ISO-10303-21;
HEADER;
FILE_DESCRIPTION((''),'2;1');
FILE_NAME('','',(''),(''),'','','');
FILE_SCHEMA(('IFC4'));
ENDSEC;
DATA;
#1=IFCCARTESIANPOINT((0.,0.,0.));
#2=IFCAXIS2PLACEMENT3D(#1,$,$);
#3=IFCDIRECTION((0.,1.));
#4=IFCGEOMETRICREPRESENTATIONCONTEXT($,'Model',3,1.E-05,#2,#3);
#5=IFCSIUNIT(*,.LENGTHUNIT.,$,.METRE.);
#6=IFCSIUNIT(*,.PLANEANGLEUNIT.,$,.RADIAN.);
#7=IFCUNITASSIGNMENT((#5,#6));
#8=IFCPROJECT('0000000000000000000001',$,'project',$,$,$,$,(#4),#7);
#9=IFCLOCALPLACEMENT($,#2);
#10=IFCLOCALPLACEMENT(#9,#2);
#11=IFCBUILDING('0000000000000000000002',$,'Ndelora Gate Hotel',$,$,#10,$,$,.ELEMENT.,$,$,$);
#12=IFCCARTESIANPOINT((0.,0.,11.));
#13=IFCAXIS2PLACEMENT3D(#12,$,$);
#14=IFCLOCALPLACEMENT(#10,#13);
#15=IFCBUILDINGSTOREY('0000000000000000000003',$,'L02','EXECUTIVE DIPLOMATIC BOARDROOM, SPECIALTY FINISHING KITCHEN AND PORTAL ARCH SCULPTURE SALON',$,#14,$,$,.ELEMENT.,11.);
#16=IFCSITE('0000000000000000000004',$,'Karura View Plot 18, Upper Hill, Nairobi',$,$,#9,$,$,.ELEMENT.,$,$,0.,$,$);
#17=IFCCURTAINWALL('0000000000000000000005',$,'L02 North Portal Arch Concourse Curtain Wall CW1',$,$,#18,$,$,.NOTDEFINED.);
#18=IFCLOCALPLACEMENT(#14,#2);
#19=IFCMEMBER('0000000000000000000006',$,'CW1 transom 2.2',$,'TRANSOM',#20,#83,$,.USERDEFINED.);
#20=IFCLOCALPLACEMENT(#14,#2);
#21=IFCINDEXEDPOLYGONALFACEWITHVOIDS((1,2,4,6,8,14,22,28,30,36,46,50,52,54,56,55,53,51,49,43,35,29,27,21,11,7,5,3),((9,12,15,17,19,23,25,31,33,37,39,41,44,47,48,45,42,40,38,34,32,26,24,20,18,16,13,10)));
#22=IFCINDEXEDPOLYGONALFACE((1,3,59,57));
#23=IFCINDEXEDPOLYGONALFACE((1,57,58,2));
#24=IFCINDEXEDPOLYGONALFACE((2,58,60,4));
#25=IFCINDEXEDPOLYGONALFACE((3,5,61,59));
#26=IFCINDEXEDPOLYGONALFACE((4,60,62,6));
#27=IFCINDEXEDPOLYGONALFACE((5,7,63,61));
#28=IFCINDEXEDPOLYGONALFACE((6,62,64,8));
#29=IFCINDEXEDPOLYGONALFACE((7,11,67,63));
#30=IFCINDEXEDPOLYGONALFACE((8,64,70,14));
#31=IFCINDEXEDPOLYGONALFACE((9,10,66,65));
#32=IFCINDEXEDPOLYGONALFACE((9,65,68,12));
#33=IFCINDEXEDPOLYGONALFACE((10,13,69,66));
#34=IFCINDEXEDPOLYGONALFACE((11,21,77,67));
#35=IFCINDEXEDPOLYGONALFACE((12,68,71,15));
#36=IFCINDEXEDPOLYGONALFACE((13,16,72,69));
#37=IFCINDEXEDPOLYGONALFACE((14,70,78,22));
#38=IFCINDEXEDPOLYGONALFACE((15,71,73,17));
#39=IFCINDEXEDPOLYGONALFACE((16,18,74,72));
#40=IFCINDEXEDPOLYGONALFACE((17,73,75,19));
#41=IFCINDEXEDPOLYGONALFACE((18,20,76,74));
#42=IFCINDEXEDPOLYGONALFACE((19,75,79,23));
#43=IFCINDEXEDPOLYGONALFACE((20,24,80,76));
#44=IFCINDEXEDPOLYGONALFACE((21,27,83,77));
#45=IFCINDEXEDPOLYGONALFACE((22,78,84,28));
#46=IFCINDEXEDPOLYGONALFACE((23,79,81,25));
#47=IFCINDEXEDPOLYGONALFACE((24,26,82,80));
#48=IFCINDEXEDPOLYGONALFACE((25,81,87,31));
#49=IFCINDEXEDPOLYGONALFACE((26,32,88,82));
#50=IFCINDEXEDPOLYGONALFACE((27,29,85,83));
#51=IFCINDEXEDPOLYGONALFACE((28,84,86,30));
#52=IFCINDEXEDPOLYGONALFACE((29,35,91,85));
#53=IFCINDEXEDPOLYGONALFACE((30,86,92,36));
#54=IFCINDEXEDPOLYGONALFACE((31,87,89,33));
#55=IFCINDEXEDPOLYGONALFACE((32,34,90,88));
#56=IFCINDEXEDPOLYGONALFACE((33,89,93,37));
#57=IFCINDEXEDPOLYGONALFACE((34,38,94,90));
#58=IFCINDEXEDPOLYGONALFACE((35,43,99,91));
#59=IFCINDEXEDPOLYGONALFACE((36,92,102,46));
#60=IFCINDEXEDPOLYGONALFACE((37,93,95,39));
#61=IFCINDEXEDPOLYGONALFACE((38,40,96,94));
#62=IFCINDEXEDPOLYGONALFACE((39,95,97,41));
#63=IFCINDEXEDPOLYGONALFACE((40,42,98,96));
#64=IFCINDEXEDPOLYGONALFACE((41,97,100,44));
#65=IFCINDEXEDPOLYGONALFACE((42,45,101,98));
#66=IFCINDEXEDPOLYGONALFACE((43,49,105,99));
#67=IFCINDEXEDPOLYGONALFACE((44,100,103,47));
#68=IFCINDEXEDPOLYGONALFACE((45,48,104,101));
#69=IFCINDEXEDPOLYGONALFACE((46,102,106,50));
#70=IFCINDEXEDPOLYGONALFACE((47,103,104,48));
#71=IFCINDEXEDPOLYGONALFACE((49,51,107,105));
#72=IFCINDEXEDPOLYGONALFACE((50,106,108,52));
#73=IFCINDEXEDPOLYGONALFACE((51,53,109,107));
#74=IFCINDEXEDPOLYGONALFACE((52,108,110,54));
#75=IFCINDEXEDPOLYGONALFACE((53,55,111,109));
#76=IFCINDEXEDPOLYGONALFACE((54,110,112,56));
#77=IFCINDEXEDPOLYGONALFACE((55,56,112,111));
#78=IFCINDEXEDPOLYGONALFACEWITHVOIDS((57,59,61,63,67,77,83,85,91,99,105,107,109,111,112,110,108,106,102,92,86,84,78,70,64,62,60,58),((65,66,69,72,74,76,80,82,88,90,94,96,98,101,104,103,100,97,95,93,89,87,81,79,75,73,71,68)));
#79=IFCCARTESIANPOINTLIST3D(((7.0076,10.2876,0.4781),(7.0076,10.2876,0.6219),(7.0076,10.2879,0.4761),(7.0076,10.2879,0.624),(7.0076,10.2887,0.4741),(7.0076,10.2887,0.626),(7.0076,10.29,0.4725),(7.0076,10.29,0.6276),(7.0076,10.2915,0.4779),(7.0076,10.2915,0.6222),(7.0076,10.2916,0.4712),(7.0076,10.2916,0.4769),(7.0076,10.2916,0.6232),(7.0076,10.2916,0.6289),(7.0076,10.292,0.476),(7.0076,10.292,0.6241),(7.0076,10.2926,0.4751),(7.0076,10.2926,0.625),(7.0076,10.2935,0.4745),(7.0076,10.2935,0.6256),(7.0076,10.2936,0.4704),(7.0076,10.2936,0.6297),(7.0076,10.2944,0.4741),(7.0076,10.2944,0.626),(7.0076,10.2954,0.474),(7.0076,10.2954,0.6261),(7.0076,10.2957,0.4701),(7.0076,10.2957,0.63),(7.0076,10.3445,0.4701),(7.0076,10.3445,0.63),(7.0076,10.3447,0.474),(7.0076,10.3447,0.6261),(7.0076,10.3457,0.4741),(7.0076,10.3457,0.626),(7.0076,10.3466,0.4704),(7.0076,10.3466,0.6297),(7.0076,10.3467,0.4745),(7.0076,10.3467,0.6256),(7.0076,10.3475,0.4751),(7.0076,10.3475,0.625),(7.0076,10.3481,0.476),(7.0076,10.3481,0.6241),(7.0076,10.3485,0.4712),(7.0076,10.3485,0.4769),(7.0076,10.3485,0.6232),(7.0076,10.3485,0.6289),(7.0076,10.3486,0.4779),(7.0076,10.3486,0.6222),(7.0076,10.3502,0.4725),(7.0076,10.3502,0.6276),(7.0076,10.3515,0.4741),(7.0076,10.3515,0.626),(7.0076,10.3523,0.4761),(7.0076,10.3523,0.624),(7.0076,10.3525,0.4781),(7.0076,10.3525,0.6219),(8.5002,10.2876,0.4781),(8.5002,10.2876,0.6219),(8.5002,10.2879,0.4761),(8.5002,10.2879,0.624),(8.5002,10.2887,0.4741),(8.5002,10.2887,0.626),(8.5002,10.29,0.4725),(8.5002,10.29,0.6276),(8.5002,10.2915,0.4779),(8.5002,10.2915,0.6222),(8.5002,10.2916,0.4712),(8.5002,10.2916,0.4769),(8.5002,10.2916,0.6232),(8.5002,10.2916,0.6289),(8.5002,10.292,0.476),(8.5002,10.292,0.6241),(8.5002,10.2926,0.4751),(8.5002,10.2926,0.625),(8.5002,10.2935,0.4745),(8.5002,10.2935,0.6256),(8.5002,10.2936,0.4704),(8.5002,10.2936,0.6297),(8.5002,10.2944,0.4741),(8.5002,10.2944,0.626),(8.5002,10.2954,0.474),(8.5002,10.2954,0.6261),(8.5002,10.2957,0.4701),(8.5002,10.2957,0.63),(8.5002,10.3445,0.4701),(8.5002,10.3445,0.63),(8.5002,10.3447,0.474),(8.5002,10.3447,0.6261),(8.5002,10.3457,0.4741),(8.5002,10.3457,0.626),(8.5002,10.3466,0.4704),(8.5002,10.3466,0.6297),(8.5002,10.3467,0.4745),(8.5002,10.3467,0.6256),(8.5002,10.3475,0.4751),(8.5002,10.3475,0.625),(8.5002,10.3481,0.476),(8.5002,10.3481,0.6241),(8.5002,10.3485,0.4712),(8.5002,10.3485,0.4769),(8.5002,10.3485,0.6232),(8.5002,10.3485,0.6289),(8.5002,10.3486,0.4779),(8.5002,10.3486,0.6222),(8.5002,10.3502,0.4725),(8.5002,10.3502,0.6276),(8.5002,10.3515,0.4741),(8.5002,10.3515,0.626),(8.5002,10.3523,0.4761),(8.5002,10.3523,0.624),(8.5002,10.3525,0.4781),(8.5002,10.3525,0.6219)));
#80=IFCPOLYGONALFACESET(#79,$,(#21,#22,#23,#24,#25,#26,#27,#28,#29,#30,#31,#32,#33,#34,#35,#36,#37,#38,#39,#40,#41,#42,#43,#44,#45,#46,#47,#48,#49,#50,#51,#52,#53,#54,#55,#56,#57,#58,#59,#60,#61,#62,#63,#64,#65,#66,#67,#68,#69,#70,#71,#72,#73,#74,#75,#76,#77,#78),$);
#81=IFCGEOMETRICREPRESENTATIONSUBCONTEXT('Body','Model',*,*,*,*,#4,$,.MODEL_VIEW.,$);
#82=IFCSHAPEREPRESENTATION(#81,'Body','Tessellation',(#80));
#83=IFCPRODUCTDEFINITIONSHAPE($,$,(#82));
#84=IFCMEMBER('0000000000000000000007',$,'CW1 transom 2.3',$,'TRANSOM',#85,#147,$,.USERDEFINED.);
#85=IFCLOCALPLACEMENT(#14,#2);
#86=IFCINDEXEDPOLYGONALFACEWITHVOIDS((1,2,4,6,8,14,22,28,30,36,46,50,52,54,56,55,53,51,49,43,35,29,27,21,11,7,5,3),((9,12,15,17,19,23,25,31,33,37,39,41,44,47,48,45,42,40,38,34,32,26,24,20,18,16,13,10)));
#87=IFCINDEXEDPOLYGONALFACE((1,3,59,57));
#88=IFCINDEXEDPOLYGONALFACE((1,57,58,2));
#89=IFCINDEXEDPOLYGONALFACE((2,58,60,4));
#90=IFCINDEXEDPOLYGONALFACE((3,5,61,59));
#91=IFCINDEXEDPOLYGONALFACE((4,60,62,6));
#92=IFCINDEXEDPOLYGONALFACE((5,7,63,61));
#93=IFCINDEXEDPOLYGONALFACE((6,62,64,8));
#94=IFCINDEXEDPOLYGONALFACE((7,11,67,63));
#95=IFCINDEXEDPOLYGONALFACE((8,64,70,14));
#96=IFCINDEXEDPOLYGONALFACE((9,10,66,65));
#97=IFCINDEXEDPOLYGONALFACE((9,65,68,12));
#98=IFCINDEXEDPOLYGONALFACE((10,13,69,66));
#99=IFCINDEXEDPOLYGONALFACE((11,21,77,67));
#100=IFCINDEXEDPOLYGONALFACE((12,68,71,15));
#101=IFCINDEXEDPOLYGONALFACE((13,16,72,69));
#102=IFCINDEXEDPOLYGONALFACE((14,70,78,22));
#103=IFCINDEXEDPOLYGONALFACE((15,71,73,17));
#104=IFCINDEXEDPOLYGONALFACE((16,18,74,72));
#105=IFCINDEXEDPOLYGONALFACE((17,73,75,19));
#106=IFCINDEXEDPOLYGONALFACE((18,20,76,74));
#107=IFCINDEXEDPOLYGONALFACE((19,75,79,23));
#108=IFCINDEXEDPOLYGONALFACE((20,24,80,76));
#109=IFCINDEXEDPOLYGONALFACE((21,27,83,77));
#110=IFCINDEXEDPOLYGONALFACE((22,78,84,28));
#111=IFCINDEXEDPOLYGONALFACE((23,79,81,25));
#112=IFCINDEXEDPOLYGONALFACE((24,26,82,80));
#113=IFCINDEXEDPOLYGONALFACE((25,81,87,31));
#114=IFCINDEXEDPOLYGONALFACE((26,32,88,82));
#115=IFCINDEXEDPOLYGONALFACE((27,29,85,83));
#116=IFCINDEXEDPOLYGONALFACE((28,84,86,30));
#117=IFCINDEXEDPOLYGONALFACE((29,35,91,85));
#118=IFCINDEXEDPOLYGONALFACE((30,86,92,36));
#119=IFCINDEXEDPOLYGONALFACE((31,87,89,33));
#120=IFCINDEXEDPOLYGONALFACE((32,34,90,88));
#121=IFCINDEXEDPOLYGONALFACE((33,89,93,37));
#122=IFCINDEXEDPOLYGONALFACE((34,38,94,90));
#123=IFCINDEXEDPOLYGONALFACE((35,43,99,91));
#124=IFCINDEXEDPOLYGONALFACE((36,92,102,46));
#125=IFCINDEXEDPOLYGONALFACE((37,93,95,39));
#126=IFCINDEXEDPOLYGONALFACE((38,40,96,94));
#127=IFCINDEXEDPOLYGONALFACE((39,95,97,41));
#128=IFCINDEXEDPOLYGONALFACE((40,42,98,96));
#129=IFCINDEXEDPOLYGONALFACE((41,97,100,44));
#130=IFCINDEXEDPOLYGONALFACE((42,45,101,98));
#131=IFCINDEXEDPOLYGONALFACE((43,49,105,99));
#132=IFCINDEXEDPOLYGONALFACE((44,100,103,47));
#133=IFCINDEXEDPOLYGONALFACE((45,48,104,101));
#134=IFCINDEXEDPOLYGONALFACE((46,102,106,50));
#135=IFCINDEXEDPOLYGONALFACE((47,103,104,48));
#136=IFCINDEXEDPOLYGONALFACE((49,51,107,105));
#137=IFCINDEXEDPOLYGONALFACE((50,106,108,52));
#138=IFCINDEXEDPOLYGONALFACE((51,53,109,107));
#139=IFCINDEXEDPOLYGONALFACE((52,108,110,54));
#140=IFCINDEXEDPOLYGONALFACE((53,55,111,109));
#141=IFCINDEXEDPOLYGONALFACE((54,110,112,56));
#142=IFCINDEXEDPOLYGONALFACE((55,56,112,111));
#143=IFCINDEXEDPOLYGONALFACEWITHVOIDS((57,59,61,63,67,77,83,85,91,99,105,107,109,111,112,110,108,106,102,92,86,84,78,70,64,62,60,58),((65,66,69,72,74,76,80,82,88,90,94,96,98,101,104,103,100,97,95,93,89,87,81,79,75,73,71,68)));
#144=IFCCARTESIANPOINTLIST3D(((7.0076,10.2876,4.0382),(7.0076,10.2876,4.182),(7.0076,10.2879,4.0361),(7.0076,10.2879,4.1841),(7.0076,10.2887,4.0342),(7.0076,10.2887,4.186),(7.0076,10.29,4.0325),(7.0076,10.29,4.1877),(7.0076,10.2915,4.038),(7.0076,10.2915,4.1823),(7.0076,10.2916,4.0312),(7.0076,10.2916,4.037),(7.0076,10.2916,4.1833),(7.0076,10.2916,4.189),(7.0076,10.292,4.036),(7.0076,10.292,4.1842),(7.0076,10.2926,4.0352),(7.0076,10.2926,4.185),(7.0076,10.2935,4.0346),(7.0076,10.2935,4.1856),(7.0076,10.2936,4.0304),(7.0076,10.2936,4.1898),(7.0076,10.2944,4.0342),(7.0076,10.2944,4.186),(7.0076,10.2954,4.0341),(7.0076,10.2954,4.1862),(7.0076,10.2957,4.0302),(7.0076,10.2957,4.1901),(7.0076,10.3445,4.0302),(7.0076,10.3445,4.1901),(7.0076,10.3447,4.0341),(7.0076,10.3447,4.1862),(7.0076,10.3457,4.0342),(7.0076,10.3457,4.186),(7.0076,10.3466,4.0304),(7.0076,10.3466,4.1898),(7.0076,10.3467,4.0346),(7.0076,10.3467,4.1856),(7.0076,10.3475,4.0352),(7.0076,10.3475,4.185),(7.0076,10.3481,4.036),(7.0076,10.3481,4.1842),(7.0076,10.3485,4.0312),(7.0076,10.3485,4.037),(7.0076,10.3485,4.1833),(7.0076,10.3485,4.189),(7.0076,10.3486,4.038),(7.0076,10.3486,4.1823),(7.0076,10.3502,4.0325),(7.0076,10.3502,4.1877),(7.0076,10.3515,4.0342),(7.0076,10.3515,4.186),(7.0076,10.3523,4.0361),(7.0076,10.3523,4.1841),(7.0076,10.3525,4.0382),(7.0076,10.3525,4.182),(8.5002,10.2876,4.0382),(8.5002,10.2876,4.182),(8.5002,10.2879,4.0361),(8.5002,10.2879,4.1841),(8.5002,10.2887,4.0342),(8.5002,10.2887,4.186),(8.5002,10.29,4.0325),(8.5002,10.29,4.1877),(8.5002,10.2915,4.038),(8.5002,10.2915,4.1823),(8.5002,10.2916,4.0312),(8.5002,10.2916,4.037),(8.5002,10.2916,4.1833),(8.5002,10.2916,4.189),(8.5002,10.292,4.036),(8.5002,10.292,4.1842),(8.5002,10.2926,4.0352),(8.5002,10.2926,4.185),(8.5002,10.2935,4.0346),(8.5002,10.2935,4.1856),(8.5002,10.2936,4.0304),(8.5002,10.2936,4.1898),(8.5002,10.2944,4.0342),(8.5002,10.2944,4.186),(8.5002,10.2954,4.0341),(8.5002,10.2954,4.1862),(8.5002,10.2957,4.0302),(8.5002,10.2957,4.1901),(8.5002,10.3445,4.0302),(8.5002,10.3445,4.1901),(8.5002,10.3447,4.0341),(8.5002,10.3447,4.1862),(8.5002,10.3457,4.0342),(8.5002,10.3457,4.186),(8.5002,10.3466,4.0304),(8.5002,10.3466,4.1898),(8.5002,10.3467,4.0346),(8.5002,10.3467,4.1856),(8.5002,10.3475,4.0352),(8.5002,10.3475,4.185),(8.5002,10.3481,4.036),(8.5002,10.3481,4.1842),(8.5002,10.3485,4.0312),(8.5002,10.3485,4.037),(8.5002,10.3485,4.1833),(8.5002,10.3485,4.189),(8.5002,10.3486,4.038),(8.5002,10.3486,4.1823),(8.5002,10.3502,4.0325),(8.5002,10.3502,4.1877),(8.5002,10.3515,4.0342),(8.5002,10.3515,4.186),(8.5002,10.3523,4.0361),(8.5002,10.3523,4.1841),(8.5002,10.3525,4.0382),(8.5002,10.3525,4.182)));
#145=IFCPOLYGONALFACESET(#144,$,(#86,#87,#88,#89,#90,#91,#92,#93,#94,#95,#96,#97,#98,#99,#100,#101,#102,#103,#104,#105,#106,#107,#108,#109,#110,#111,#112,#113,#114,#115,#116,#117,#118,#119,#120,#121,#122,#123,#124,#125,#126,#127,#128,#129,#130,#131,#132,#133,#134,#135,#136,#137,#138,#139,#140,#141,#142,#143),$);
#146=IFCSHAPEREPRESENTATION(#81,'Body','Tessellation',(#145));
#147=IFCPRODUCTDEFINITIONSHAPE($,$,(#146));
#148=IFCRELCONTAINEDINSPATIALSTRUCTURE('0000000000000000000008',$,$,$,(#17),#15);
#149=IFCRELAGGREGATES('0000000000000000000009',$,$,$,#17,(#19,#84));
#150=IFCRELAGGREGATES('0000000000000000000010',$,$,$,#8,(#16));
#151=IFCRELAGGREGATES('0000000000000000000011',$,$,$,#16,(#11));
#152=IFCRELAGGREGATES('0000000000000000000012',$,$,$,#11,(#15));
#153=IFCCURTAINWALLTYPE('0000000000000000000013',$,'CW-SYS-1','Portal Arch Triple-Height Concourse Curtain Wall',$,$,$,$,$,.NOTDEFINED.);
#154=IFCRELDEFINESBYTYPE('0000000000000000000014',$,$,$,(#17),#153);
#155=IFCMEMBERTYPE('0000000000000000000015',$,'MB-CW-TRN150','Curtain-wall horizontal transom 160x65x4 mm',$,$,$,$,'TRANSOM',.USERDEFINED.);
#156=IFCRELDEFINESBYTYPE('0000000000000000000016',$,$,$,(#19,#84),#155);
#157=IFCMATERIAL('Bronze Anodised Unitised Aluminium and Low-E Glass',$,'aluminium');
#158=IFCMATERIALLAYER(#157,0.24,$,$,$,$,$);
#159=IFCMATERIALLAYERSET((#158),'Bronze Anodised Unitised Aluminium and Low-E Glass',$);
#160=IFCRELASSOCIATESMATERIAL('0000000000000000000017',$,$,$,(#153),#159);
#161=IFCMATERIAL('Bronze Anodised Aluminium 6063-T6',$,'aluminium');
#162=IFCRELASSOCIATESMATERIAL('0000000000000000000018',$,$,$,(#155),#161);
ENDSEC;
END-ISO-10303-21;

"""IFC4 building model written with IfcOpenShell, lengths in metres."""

from ifc_helpers import new_model, si_unit, direction, frame, origin, origin_2d, place, context, subcontext, project, spatial, hollow_rectangle, extrude, material, layer, layer_set, material_profile, profile_set, type_object, element, aggregate, save


model = new_model("IFC4")

# Units and contexts
model_context = context("Model", 3, precision=1e-05, world=origin(), true_north=direction((0.0, 1.0)))
body_context = subcontext(model_context, "Body", "Model", "MODEL_VIEW")
ifc_project = project(units=[si_unit("LENGTHUNIT", "METRE"), si_unit("PLANEANGLEUNIT", "RADIAN")], contexts=[model_context])

# Site, building, storey
site_placement = place(None, origin())
site = spatial("IfcSite", under=ifc_project, at=site_placement, Name="Karura View Plot 18, Upper Hill, Nairobi", CompositionType="ELEMENT", RefElevation=0.0)
building_placement = place(site_placement, origin())
building = spatial("IfcBuilding", under=site, at=building_placement, Name="Ndelora Gate Hotel", CompositionType="ELEMENT")
storey_placement = place(building_placement, frame((0.0, 0.0, 11.0)))
storey = spatial("IfcBuildingStorey", under=building, at=storey_placement, Name="L02", Description="EXECUTIVE DIPLOMATIC BOARDROOM, SPECIALTY FINISHING KITCHEN AND PORTAL ARCH SCULPTURE SALON", CompositionType="ELEMENT", Elevation=11.0)

# Curtain wall, members
ifc_material_1 = material(Name="Bronze Anodised Unitised Aluminium and Low-E Glass", Category="aluminium")
ifc_layer_1 = layer(ifc_material_1, 0.24)
ifc_layer_set_1 = layer_set([ifc_layer_1], Name="Bronze Anodised Unitised Aluminium and Low-E Glass")
curtain_wall_type = type_object("IfcCurtainWallType", Name="CW-SYS-1", Description="Portal Arch Triple-Height Concourse Curtain Wall", PredefinedType="NOTDEFINED", material=ifc_layer_set_1)
curtain_wall_placement = place(storey_placement, origin())
curtain_wall = element("IfcCurtainWall", 1, at=curtain_wall_placement, inside=storey, type_object=curtain_wall_type, Name="L02 North Portal Arch Concourse Curtain Wall CW1", PredefinedType="NOTDEFINED")
ifc_material_2 = material(Name="Bronze Anodised Aluminium 6063-T6", Category="aluminium")
ifc_material_profile_1 = material_profile(ifc_material_2, hollow_rectangle(XDim=0.0649, YDim=0.1599, WallThickness=0.0039, InnerFilletRadius=0.0039, OuterFilletRadius=0.0081, at=origin_2d()), Name="ALU 160x65x4")
ifc_profile_set_1 = profile_set([ifc_material_profile_1], Name="Bronze Anodised Aluminium 6063-T6")
member_type_1 = type_object("IfcMemberType", Name="MB-CW-TRN150", Description="Curtain-wall horizontal transom 160x65x4 mm", ElementType="TRANSOM", PredefinedType="USERDEFINED", material=ifc_profile_set_1)
member_1_placement = place(storey_placement, frame((8.5002, 10.3201, 0.55), z_axis=(-1.0, 0.0, 0.0), x_axis=(0.0, -1.0, 0.0)))
member_1 = element("IfcMember", 2, at=member_1_placement, type_object=member_type_1, Name="CW1 transom 2.2", ObjectType="TRANSOM", PredefinedType="USERDEFINED", context=body_context, shape_type="SweptSolid", body=[
    extrude(hollow_rectangle(XDim=0.0649, YDim=0.1599, WallThickness=0.0039, InnerFilletRadius=0.0039, OuterFilletRadius=0.0081, at=origin_2d()), origin(), (0.0, 0.0, 1.0), 1.4927),
])
member_2_placement = place(storey_placement, frame((8.5002, 10.3201, 4.1101), z_axis=(-1.0, 0.0, 0.0), x_axis=(0.0, -1.0, 0.0)))
member_2 = element("IfcMember", 3, at=member_2_placement, type_object=member_type_1, Name="CW1 transom 2.3", ObjectType="TRANSOM", PredefinedType="USERDEFINED", context=body_context, shape_type="SweptSolid", body=[
    extrude(hollow_rectangle(XDim=0.0649, YDim=0.1599, WallThickness=0.0039, InnerFilletRadius=0.0039, OuterFilletRadius=0.0081, at=origin_2d()), origin(), (0.0, 0.0, 1.0), 1.4927),
])
aggregate(curtain_wall, [member_1, member_2])

save(model, "model.ifc")
